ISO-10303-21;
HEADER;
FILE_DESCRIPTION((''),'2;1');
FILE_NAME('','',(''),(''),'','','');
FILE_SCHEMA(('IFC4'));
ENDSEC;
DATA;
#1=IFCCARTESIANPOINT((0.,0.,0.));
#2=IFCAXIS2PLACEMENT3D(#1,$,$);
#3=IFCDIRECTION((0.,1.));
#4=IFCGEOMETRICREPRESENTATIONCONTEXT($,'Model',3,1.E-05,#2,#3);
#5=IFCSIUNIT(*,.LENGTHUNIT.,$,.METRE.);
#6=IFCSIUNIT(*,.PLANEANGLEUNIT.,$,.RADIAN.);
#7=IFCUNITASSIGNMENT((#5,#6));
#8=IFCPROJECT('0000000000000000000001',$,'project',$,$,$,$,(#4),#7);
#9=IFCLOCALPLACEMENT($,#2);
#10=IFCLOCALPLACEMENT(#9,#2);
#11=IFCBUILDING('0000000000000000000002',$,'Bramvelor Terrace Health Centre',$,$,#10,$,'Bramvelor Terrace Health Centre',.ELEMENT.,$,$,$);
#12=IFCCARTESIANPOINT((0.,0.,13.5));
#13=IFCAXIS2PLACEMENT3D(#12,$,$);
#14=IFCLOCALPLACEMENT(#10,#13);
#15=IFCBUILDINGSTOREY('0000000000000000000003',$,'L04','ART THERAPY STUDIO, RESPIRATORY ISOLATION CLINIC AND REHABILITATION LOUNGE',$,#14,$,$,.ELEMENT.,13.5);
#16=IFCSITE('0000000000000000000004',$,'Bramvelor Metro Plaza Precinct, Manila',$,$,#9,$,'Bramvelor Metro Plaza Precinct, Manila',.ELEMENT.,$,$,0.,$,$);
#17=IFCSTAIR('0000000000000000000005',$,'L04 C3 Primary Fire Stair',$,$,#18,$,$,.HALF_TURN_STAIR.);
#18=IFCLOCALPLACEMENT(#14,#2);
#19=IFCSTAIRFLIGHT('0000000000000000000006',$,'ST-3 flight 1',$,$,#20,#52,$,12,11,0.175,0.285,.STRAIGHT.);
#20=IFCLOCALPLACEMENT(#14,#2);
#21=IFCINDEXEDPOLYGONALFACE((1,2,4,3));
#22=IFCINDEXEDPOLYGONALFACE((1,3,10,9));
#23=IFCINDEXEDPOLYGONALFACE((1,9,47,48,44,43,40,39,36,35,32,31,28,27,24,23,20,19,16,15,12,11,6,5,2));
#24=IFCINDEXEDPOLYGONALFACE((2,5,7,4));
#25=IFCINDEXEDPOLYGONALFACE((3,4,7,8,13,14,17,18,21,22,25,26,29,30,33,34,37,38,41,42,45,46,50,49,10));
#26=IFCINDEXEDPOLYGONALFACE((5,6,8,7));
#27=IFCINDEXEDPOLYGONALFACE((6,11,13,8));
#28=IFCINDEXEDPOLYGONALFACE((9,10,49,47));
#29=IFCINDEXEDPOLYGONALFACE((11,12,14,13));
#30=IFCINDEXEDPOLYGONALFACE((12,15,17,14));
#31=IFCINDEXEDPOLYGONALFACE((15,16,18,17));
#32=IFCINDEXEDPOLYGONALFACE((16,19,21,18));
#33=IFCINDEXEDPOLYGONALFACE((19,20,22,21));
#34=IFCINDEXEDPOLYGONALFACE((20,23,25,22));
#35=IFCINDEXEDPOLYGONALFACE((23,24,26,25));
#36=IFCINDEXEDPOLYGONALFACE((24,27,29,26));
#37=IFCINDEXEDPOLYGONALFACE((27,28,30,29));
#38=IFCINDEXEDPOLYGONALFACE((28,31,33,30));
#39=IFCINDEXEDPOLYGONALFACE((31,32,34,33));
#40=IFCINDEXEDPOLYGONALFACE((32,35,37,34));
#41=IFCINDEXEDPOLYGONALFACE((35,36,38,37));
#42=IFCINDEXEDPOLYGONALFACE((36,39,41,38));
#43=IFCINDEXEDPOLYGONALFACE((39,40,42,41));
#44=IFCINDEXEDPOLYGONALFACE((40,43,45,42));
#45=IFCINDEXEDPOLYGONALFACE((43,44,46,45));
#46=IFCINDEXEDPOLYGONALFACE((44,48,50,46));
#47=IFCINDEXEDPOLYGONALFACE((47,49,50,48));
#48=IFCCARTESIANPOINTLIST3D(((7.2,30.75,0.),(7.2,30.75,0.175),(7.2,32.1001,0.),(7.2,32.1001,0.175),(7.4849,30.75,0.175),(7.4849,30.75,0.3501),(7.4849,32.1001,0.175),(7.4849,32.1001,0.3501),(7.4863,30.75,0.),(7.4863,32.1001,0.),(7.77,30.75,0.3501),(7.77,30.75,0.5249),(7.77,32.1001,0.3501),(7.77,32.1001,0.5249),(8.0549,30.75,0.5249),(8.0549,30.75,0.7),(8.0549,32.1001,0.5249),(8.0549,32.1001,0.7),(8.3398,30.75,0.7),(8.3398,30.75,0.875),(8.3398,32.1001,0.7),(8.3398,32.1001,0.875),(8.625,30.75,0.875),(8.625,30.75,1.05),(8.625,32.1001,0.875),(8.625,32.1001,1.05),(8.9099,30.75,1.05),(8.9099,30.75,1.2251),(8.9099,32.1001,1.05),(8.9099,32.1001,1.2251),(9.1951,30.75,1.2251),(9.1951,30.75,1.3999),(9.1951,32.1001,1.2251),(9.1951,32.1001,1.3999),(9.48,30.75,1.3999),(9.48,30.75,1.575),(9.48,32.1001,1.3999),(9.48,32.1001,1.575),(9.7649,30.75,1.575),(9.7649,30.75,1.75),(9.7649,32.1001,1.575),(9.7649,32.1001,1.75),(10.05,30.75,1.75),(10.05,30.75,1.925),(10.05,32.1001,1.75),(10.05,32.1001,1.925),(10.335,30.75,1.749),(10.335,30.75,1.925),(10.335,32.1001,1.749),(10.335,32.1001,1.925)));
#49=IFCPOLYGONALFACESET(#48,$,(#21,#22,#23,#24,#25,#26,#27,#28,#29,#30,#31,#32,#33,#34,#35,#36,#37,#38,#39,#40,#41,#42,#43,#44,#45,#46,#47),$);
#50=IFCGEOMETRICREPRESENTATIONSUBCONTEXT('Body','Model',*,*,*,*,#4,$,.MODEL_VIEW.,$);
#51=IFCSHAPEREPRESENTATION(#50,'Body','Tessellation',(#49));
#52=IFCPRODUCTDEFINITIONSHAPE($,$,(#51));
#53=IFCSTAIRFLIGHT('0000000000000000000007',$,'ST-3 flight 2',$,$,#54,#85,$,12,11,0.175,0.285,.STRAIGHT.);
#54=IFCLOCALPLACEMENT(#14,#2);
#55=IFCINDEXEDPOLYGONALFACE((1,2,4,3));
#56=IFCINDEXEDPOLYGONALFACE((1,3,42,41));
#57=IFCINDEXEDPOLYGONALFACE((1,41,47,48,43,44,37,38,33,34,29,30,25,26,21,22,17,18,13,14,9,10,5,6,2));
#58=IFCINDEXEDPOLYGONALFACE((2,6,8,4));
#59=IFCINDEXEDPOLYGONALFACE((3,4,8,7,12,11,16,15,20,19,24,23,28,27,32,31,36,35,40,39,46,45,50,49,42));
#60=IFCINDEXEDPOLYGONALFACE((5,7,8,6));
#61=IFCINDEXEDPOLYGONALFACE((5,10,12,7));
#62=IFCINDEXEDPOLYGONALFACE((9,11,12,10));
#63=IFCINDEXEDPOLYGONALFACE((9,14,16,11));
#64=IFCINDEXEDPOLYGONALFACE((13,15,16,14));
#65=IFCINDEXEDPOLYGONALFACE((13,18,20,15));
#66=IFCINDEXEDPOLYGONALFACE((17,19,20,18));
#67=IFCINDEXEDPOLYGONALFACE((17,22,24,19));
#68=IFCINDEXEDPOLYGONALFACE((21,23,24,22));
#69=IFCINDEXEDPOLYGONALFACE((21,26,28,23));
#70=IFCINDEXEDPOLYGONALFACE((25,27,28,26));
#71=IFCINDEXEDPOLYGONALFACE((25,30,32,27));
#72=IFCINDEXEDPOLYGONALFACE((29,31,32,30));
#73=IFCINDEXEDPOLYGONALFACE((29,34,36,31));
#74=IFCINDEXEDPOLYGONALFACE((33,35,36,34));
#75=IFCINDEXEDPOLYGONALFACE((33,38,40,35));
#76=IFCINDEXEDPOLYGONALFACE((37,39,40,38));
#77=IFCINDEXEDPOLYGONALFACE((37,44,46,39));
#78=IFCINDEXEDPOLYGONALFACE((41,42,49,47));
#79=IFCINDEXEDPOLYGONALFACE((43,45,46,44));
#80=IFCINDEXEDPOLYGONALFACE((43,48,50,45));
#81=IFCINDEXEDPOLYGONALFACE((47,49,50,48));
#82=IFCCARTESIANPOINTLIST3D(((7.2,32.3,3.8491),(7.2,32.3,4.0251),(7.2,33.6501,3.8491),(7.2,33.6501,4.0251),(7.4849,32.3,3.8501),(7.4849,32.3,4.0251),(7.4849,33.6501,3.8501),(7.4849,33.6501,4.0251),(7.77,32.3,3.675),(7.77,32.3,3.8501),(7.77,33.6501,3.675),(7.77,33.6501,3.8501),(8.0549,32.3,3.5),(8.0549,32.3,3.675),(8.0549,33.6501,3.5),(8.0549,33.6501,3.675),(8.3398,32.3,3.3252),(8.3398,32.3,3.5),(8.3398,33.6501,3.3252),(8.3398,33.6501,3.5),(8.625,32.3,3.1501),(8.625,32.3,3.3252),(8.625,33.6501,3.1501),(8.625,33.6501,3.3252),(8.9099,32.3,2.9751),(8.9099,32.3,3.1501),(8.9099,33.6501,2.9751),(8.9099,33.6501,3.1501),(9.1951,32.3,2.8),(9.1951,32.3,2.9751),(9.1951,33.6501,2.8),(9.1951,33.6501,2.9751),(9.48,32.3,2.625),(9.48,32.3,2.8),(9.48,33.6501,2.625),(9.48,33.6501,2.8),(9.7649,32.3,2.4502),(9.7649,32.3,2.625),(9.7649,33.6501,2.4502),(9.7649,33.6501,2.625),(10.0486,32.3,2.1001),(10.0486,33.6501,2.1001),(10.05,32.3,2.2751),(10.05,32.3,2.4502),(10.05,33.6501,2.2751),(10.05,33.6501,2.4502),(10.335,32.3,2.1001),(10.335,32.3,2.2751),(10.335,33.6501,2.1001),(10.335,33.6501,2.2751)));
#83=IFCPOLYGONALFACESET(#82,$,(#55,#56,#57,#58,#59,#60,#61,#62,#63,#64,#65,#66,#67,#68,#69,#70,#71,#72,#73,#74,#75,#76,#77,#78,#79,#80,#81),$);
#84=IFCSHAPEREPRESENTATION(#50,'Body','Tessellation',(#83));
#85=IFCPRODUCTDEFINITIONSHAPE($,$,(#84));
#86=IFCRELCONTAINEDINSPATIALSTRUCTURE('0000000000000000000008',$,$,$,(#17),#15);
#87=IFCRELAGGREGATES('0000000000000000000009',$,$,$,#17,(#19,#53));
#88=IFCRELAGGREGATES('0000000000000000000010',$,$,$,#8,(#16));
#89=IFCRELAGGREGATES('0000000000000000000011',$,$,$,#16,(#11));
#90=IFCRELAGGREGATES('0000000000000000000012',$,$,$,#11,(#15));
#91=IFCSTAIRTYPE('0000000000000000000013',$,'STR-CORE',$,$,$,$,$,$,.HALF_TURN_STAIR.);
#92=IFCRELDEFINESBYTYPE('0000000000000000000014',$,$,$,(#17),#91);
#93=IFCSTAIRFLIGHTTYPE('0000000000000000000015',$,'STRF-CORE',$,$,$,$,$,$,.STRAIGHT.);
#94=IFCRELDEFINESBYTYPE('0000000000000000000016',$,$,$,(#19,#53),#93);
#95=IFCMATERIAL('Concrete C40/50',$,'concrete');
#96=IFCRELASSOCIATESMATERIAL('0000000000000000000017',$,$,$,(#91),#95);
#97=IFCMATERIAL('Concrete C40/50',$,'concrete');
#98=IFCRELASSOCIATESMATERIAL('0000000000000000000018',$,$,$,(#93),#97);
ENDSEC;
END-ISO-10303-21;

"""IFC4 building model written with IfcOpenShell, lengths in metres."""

from ifc_helpers import new_model, si_unit, direction, frame, origin, place, context, subcontext, project, spatial, polyline, outline, extrude, material, type_object, element, aggregate, save


model = new_model("IFC4")

# Units and contexts
model_context = context("Model", 3, precision=1e-05, world=origin(), true_north=direction((0.0, 1.0)))
body_context = subcontext(model_context, "Body", "Model", "MODEL_VIEW")
ifc_project = project(units=[si_unit("LENGTHUNIT", "METRE"), si_unit("PLANEANGLEUNIT", "RADIAN")], contexts=[model_context])

# Site, building, storey
site_placement = place(None, origin())
site = spatial("IfcSite", under=ifc_project, at=site_placement, Name="Bramvelor Metro Plaza Precinct, Manila", LongName="Bramvelor Metro Plaza Precinct, Manila", CompositionType="ELEMENT", RefElevation=0.0)
building_placement = place(site_placement, origin())
building = spatial("IfcBuilding", under=site, at=building_placement, Name="Bramvelor Terrace Health Centre", LongName="Bramvelor Terrace Health Centre", CompositionType="ELEMENT")
storey_placement = place(building_placement, frame((0.0, 0.0, 13.5)))
storey = spatial("IfcBuildingStorey", under=building, at=storey_placement, Name="L04", Description="ART THERAPY STUDIO, RESPIRATORY ISOLATION CLINIC AND REHABILITATION LOUNGE", CompositionType="ELEMENT", Elevation=13.5)

# Stair, stair flights
ifc_material_1 = material(Name="Concrete C40/50", Category="concrete")
stair_type = type_object("IfcStairType", Name="STR-CORE", PredefinedType="HALF_TURN_STAIR", material=ifc_material_1)
stair_placement = place(storey_placement, origin())
stair = element("IfcStair", 1, at=stair_placement, inside=storey, type_object=stair_type, Name="L04 C3 Primary Fire Stair", PredefinedType="HALF_TURN_STAIR")
ifc_material_2 = material(Name="Concrete C40/50", Category="concrete")
stair_flight_type = type_object("IfcStairFlightType", Name="STRF-CORE", PredefinedType="STRAIGHT", material=ifc_material_2)
stair_flight_1_placement = place(storey_placement, frame((7.2, 31.425, 0.0), z_axis=(0.0, 0.0, 1.0), x_axis=(1.0, 0.0, 0.0)))
stair_flight_1 = element("IfcStairFlight", 2, at=stair_flight_1_placement, type_object=stair_flight_type, Name="ST-3 flight 1", NumberOfRisers=12, NumberOfTreads=11, PredefinedType="STRAIGHT", RiserHeight=0.175, TreadLength=0.285, context=body_context, shape_type="SweptSolid", body=[
    extrude(outline(polyline([(0.0, 0.0), (0.0, 0.175), (0.2849, 0.175), (0.2849, 0.3501), (0.5701, 0.3501), (0.5701, 0.5249), (0.855, 0.5249), (0.855, 0.7), (1.1399, 0.7), (1.1399, 0.875), (1.425, 0.875), (1.425, 1.05), (1.71, 1.05), (1.71, 1.2251), (1.9951, 1.2251), (1.9951, 1.3999), (2.28, 1.3999), (2.28, 1.575), (2.5649, 1.575), (2.5649, 1.75), (2.8501, 1.75), (2.8501, 1.925), (3.135, 1.925), (3.135, 2.1001), (3.135, 1.749), (0.2864, 0.0), (0.0, 0.0)])), frame((0.0, 0.675, 0.0), z_axis=(0.0, -1.0, 0.0), x_axis=(1.0, 0.0, 0.0)), (0.0, 0.0, 1.0), 1.3501),
])
stair_flight_2_placement = place(storey_placement, frame((10.335, 32.9751, 2.1001), z_axis=(0.0, 0.0, 1.0), x_axis=(-1.0, 0.0, 0.0)))
stair_flight_2 = element("IfcStairFlight", 3, at=stair_flight_2_placement, type_object=stair_flight_type, Name="ST-3 flight 2", NumberOfRisers=12, NumberOfTreads=11, PredefinedType="STRAIGHT", RiserHeight=0.175, TreadLength=0.285, context=body_context, shape_type="SweptSolid", body=[
    extrude(outline(polyline([(0.0, 0.0), (0.0, 0.175), (0.2849, 0.175), (0.2849, 0.3501), (0.5701, 0.3501), (0.5701, 0.5249), (0.855, 0.5249), (0.855, 0.7), (1.1399, 0.7), (1.1399, 0.875), (1.425, 0.875), (1.425, 1.05), (1.71, 1.05), (1.71, 1.2251), (1.9951, 1.2251), (1.9951, 1.3999), (2.28, 1.3999), (2.28, 1.575), (2.5649, 1.575), (2.5649, 1.75), (2.8501, 1.75), (2.8501, 1.925), (3.135, 1.925), (3.135, 2.1001), (3.135, 1.749), (0.2864, 0.0), (0.0, 0.0)])), frame((0.0, 0.675, 0.0), z_axis=(0.0, -1.0, 0.0), x_axis=(1.0, 0.0, 0.0)), (0.0, 0.0, 1.0), 1.3501),
])
aggregate(stair, [stair_flight_1, stair_flight_2])

save(model, "model.ifc")
